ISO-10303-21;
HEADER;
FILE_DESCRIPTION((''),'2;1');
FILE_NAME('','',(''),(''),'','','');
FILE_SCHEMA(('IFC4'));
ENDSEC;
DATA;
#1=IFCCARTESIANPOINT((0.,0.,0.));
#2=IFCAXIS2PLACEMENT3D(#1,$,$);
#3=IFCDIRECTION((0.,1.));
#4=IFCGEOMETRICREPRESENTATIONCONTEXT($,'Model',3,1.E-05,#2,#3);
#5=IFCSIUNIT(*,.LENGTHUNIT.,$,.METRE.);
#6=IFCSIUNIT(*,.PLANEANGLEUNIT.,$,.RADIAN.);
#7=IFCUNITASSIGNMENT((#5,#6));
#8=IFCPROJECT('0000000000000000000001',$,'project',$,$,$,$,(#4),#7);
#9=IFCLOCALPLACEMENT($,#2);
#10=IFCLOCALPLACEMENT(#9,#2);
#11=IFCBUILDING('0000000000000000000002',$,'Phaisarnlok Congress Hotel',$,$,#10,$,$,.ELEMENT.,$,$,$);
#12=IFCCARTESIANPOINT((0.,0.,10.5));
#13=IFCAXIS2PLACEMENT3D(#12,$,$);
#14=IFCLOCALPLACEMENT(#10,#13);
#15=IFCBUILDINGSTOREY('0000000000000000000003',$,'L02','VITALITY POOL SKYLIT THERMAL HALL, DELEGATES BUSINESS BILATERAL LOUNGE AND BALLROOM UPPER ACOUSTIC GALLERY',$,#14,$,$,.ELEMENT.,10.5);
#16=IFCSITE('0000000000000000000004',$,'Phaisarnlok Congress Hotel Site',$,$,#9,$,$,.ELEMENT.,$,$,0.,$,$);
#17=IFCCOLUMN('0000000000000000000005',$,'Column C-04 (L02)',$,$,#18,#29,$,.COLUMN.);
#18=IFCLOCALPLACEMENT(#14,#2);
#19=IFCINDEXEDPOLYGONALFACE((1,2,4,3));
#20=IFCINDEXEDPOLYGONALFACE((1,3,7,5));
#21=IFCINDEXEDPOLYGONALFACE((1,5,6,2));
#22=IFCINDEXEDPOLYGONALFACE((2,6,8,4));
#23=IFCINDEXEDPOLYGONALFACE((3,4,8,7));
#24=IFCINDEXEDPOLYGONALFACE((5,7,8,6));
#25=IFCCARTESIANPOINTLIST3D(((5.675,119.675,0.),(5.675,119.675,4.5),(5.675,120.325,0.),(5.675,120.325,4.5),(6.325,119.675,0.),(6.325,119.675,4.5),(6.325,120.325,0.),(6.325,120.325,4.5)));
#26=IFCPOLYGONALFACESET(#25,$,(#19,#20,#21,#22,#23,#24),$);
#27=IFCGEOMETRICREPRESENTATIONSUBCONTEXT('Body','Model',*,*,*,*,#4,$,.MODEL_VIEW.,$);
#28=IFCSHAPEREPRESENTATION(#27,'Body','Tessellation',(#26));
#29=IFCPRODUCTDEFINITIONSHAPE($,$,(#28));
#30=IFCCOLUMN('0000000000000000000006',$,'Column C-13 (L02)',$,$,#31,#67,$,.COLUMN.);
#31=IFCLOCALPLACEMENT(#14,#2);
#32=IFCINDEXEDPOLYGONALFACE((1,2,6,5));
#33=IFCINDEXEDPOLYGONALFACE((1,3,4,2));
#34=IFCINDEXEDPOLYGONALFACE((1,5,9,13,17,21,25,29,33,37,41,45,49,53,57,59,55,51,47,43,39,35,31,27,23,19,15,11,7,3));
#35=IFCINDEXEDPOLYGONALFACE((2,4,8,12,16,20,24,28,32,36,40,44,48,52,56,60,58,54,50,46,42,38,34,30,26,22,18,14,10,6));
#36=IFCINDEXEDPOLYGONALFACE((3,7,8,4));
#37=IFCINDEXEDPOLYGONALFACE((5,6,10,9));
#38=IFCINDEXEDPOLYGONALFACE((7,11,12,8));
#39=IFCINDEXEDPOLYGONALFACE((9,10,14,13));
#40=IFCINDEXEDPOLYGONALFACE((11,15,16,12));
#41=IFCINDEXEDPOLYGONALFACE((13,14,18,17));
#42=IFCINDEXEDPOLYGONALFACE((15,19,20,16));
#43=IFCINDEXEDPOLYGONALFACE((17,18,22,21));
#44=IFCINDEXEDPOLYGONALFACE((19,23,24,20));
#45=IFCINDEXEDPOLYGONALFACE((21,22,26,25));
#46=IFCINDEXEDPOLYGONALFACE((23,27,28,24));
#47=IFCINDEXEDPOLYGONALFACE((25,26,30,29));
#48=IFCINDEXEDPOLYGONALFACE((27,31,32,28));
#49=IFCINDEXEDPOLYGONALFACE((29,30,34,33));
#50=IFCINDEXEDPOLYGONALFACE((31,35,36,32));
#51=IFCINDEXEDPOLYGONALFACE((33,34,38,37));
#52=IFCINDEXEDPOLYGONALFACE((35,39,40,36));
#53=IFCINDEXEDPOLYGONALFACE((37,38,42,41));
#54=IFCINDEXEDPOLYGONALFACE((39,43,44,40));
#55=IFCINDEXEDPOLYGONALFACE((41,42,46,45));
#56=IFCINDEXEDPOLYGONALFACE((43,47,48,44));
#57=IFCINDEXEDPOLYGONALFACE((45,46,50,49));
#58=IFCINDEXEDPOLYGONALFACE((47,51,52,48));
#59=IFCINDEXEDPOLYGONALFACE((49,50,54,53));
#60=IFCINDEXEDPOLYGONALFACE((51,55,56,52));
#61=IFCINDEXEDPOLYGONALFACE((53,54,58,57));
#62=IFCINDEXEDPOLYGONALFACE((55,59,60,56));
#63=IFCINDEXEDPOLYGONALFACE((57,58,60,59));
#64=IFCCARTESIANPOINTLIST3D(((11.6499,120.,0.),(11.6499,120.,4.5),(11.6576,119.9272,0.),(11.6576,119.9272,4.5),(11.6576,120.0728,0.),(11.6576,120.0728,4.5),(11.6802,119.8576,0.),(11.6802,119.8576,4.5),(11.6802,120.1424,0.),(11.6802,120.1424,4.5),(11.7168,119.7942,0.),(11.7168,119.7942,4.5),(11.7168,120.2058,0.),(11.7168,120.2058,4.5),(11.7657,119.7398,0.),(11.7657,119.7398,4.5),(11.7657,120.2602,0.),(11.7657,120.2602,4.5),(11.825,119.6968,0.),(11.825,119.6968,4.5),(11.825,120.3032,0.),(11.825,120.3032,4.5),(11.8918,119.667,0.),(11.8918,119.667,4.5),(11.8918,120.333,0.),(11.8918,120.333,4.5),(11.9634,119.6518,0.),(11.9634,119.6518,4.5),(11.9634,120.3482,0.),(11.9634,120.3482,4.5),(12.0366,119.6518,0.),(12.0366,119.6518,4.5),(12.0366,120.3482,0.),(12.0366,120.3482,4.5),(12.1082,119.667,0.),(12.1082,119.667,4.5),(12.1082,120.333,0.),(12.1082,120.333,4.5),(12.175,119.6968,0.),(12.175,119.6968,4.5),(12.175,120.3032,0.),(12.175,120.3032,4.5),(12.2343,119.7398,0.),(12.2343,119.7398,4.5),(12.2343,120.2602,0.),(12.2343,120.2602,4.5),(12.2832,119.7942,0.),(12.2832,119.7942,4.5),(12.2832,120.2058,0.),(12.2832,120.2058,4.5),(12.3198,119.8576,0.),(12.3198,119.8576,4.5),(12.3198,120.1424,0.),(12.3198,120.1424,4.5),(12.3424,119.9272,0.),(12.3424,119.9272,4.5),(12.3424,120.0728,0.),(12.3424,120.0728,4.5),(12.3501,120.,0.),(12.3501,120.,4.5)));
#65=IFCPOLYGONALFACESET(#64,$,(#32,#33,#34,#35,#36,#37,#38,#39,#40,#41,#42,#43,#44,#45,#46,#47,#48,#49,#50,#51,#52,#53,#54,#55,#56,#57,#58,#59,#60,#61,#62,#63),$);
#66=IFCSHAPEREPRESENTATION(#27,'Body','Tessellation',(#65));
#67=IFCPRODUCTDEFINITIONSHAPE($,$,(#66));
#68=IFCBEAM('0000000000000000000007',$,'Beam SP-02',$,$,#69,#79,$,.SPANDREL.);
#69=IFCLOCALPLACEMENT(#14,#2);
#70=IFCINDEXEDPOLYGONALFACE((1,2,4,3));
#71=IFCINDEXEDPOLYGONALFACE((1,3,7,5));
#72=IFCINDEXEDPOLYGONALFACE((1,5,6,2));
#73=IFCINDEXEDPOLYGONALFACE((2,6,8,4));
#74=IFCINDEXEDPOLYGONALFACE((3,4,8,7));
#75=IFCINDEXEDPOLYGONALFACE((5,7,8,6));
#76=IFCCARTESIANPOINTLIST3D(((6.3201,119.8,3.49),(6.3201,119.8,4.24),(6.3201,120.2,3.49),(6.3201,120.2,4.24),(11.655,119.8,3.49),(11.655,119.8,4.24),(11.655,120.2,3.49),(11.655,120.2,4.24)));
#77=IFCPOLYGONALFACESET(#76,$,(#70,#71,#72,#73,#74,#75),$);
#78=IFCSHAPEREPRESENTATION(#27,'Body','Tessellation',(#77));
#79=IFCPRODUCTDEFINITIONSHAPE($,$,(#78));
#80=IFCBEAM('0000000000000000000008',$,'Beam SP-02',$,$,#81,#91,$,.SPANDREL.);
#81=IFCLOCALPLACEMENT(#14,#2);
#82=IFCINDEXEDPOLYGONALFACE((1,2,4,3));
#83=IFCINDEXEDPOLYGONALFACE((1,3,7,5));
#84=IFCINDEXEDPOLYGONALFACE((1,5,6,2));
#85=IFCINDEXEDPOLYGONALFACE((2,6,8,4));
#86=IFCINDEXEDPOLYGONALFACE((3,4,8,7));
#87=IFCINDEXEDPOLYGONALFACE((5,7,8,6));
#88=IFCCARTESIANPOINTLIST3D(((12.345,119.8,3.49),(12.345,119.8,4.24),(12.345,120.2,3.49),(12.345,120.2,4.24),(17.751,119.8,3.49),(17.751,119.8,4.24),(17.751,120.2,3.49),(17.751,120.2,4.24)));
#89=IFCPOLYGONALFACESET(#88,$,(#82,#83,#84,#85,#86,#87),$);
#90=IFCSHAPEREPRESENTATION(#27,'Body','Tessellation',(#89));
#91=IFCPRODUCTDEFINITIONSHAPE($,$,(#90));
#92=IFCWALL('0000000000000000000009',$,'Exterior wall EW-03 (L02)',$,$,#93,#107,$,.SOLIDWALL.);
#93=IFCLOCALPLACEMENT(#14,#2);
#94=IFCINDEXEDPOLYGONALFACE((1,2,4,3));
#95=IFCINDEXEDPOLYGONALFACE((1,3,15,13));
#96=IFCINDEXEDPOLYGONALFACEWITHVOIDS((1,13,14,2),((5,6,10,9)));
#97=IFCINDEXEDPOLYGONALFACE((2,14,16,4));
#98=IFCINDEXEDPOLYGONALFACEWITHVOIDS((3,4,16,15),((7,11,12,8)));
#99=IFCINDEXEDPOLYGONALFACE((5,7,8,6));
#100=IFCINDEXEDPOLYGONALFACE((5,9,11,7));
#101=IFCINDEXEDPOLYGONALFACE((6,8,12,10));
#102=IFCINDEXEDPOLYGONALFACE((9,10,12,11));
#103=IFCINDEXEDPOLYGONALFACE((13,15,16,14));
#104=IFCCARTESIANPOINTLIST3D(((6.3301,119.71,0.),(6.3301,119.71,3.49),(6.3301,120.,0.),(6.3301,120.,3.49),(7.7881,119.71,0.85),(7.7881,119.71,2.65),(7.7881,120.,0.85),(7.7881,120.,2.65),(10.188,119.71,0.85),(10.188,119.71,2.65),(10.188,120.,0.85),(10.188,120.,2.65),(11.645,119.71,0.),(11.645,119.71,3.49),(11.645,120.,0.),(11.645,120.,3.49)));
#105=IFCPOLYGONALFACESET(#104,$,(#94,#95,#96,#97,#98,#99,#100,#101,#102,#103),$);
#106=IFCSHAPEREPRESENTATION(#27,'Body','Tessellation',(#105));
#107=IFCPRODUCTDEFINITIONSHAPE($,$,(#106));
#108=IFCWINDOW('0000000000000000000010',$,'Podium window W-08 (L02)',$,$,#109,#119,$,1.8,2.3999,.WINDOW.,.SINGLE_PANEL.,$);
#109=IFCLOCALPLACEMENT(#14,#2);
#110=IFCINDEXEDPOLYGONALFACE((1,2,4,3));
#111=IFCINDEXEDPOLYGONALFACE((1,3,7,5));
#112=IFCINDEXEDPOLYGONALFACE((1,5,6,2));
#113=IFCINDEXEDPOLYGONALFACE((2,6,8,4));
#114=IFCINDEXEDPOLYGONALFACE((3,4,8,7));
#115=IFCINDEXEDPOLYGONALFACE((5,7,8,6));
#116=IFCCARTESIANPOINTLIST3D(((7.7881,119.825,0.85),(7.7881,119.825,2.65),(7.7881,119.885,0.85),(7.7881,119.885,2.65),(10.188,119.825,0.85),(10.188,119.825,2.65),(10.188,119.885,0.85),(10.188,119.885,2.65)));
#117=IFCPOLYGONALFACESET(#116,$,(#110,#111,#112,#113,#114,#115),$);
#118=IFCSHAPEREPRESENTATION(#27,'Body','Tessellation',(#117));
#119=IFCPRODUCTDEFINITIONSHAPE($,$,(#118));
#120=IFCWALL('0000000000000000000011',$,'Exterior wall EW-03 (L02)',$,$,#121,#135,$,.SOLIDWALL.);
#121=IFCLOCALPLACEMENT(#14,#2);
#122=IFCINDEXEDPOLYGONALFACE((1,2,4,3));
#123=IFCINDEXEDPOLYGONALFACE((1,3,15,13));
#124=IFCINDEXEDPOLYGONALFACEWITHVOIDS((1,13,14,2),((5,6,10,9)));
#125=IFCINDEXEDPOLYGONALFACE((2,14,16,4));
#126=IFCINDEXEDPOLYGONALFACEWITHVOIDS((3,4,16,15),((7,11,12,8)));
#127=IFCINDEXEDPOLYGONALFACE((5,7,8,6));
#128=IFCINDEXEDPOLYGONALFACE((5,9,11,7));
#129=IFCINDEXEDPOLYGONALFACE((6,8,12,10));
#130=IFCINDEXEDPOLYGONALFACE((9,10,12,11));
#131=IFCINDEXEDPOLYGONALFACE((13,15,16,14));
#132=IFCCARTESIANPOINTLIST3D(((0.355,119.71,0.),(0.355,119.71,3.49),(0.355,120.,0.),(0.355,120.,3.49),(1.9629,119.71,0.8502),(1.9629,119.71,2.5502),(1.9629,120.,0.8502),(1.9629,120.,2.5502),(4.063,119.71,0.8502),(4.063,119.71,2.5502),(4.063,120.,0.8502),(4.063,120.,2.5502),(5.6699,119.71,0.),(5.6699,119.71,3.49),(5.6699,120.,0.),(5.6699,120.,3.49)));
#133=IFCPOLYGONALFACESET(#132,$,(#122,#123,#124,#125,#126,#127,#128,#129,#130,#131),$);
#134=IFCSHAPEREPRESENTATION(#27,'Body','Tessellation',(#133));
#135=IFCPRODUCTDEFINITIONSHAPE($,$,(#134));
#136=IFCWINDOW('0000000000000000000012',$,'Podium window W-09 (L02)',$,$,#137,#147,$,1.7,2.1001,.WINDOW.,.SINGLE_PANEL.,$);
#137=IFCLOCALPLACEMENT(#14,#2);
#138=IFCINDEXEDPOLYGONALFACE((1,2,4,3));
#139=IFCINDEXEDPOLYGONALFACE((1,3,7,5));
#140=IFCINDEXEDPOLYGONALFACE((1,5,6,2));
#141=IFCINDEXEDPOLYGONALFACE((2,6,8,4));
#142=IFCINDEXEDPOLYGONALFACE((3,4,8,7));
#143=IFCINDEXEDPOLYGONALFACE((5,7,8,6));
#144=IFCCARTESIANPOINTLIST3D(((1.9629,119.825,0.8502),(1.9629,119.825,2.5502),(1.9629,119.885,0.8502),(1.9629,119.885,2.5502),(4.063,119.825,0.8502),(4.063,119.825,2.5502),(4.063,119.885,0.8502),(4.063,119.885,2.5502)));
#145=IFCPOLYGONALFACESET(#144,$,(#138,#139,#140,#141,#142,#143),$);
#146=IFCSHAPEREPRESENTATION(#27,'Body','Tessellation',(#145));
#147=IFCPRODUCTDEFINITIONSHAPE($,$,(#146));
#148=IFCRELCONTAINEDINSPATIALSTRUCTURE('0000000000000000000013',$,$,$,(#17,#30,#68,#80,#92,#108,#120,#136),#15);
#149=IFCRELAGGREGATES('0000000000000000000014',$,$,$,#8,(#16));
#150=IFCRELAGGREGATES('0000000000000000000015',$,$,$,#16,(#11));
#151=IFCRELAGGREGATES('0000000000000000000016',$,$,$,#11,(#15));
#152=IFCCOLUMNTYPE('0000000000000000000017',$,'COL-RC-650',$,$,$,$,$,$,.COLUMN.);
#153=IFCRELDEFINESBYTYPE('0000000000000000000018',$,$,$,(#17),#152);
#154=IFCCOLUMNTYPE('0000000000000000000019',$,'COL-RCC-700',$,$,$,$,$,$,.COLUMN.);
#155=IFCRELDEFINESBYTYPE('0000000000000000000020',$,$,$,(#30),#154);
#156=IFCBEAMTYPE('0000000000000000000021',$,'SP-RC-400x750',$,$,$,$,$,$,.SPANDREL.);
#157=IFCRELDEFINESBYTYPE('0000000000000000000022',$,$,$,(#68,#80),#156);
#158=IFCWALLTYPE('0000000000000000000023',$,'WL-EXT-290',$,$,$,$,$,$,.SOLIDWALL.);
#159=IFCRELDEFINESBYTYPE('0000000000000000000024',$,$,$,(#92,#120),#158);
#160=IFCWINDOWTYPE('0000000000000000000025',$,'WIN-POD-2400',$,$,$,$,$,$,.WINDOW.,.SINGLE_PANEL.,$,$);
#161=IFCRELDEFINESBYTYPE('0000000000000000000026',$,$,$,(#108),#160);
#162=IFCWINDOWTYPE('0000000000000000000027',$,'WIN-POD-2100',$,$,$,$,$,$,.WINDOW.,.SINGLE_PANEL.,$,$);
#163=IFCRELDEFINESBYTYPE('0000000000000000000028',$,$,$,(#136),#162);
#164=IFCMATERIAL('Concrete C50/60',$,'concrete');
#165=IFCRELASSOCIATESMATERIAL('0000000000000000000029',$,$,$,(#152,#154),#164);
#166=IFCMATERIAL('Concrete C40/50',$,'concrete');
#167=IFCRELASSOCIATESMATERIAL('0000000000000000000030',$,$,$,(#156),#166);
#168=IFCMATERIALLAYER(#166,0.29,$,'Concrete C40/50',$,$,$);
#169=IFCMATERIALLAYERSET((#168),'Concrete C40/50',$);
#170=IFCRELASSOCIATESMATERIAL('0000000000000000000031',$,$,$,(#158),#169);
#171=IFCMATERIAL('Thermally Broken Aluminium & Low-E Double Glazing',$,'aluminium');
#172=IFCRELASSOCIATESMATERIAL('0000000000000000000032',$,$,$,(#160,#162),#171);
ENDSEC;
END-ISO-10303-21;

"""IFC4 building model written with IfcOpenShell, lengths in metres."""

from ifc_helpers import new_model, si_unit, direction, frame, frame_2d, origin, origin_2d, place, context, subcontext, project, spatial, rectangle, circle, extrude, material, layer, layer_set, material_profile, profile_set, type_object, element, fill, save


model = new_model("IFC4")

# Units and contexts
model_context = context("Model", 3, precision=1e-05, world=origin(), true_north=direction((0.0, 1.0)))
body_context = subcontext(model_context, "Body", "Model", "MODEL_VIEW")
ifc_project = project(units=[si_unit("LENGTHUNIT", "METRE"), si_unit("PLANEANGLEUNIT", "RADIAN")], contexts=[model_context])

# Site, building, storey
site_placement = place(None, origin())
site = spatial("IfcSite", under=ifc_project, at=site_placement, Name="Phaisarnlok Congress Hotel Site", CompositionType="ELEMENT", RefElevation=0.0)
building_placement = place(site_placement, origin())
building = spatial("IfcBuilding", under=site, at=building_placement, Name="Phaisarnlok Congress Hotel", CompositionType="ELEMENT")
storey_placement = place(building_placement, frame((0.0, 0.0, 10.5)))
storey = spatial("IfcBuildingStorey", under=building, at=storey_placement, Name="L02", Description="VITALITY POOL SKYLIT THERMAL HALL, DELEGATES BUSINESS BILATERAL LOUNGE AND BALLROOM UPPER ACOUSTIC GALLERY", CompositionType="ELEMENT", Elevation=10.5)

# Columns
ifc_material_1 = material(Name="Concrete C50/60", Category="concrete")
ifc_material_profile_1 = material_profile(ifc_material_1, rectangle(XDim=0.6499, YDim=0.6499, at=origin_2d()), Name="RC 650x650")
ifc_profile_set_1 = profile_set([ifc_material_profile_1], Name="Concrete C50/60")
column_type_1 = type_object("IfcColumnType", Name="COL-RC-650", PredefinedType="COLUMN", material=ifc_profile_set_1)
column_1_placement = place(storey_placement, frame((6.0, 120.0, 0.0), z_axis=(0.0, 0.0, 1.0), x_axis=(1.0, 0.0, 0.0)))
element("IfcColumn", 1, at=column_1_placement, inside=storey, type_object=column_type_1, Name="Column C-04 (L02)", PredefinedType="COLUMN", context=body_context, shape_type="SweptSolid", body=[
    extrude(rectangle(XDim=0.6499, YDim=0.6499, at=origin_2d()), origin(), (0.0, 0.0, 1.0), 4.5),
])
ifc_material_profile_2 = material_profile(ifc_material_1, circle(Radius=0.3501, at=origin_2d()), Name="RCC D700")
ifc_profile_set_2 = profile_set([ifc_material_profile_2], Name="Concrete C50/60")
column_type_2 = type_object("IfcColumnType", Name="COL-RCC-700", PredefinedType="COLUMN", material=ifc_profile_set_2)
column_2_placement = place(storey_placement, frame((12.0, 120.0, 0.0), z_axis=(0.0, 0.0, 1.0), x_axis=(1.0, 0.0, 0.0)))
element("IfcColumn", 2, at=column_2_placement, inside=storey, type_object=column_type_2, Name="Column C-13 (L02)", PredefinedType="COLUMN", context=body_context, shape_type="SweptSolid", body=[
    extrude(circle(Radius=0.3501, at=origin_2d()), origin(), (0.0, 0.0, 1.0), 4.5),
])

# Beams
ifc_material_2 = material(Name="Concrete C40/50", Category="concrete")
ifc_material_profile_3 = material_profile(ifc_material_2, rectangle(XDim=0.3999, YDim=0.75, at=origin_2d()), Name="RC 400x750")
ifc_profile_set_3 = profile_set([ifc_material_profile_3], Name="Concrete C40/50")
beam_type = type_object("IfcBeamType", Name="SP-RC-400x750", PredefinedType="SPANDREL", material=ifc_profile_set_3)
beam_1_placement = place(storey_placement, frame((6.3201, 120.0, 3.865), z_axis=(1.0, 0.0, 0.0), x_axis=(0.0, 1.0, 0.0)))
element("IfcBeam", 3, at=beam_1_placement, inside=storey, type_object=beam_type, Name="Beam SP-02", PredefinedType="SPANDREL", context=body_context, shape_type="SweptSolid", body=[
    extrude(rectangle(XDim=0.3999, YDim=0.75, at=origin_2d()), origin(), (0.0, 0.0, 1.0), 5.335),
])
beam_2_placement = place(storey_placement, frame((12.345, 120.0, 3.865), z_axis=(1.0, 0.0, 0.0), x_axis=(0.0, 1.0, 0.0)))
element("IfcBeam", 4, at=beam_2_placement, inside=storey, type_object=beam_type, Name="Beam SP-02", PredefinedType="SPANDREL", context=body_context, shape_type="SweptSolid", body=[
    extrude(rectangle(XDim=0.3999, YDim=0.75, at=origin_2d()), origin(), (0.0, 0.0, 1.0), 5.406),
])

# Walls, openings, windows
ifc_layer_1 = layer(ifc_material_2, 0.29, Name="Concrete C40/50")
ifc_layer_set_1 = layer_set([ifc_layer_1], Name="Concrete C40/50")
wall_type = type_object("IfcWallType", Name="WL-EXT-290", PredefinedType="SOLIDWALL", material=ifc_layer_set_1)
wall_1_placement = place(storey_placement, frame((11.645, 119.855, 0.0), z_axis=(0.0, 0.0, 1.0), x_axis=(-1.0, 0.0, 0.0)))
wall_1 = element("IfcWall", 5, at=wall_1_placement, inside=storey, type_object=wall_type, Name="Exterior wall EW-03 (L02)", PredefinedType="SOLIDWALL", context=body_context, shape_type="SweptSolid", body=[
    extrude(rectangle(XDim=5.3149, YDim=0.29, at=frame_2d((2.6575, 0.0))), origin(), (0.0, 0.0, 1.0), 3.49),
])
opening_1_placement = place(wall_1_placement, frame((1.457, 0.0, 0.8501)))
opening_1 = element("IfcOpeningElement", 6, at=opening_1_placement, cuts=wall_1, PredefinedType="OPENING", context=body_context, shape_type="SweptSolid", body=[
    extrude(rectangle(XDim=2.3999, YDim=1.8, at=frame_2d((1.2, 0.8999))), frame((0.0, 0.155, 0.0), z_axis=(0.0, -1.0, 0.0), x_axis=(1.0, 0.0, 0.0)), (0.0, 0.0, 1.0), 0.3101),
])
ifc_material_3 = material(Name="Thermally Broken Aluminium & Low-E Double Glazing", Category="aluminium")
window_type_1 = type_object("IfcWindowType", Name="WIN-POD-2400", PartitioningType="SINGLE_PANEL", PredefinedType="WINDOW", material=ifc_material_3)
window_1_placement = place(opening_1_placement, origin())
window_1 = element("IfcWindow", 7, at=window_1_placement, inside=storey, type_object=window_type_1, Name="Podium window W-08 (L02)", OverallHeight=1.8, OverallWidth=2.3999, PartitioningType="SINGLE_PANEL", PredefinedType="WINDOW", context=body_context, shape_type="SweptSolid", body=[
    extrude(rectangle(XDim=2.3999, YDim=1.8, at=frame_2d((1.2, 0.8999))), frame((0.0, 0.03, 0.0), z_axis=(0.0, -1.0, 0.0), x_axis=(1.0, 0.0, 0.0)), (0.0, 0.0, 1.0), 0.0601),
])
fill(opening_1, window_1)
wall_2_placement = place(storey_placement, frame((5.6699, 119.855, 0.0), z_axis=(0.0, 0.0, 1.0), x_axis=(-1.0, 0.0, 0.0)))
wall_2 = element("IfcWall", 8, at=wall_2_placement, inside=storey, type_object=wall_type, Name="Exterior wall EW-03 (L02)", PredefinedType="SOLIDWALL", context=body_context, shape_type="SweptSolid", body=[
    extrude(rectangle(XDim=5.3149, YDim=0.29, at=frame_2d((2.6575, 0.0))), origin(), (0.0, 0.0, 1.0), 3.49),
])
opening_2_placement = place(wall_2_placement, frame((1.6069, 0.0, 0.8501)))
opening_2 = element("IfcOpeningElement", 9, at=opening_2_placement, cuts=wall_2, PredefinedType="OPENING", context=body_context, shape_type="SweptSolid", body=[
    extrude(rectangle(XDim=2.1001, YDim=1.7, at=frame_2d((1.05, 0.8501))), frame((0.0, 0.155, 0.0), z_axis=(0.0, -1.0, 0.0), x_axis=(1.0, 0.0, 0.0)), (0.0, 0.0, 1.0), 0.3101),
])
window_type_2 = type_object("IfcWindowType", Name="WIN-POD-2100", PartitioningType="SINGLE_PANEL", PredefinedType="WINDOW", material=ifc_material_3)
window_2_placement = place(opening_2_placement, origin())
window_2 = element("IfcWindow", 10, at=window_2_placement, inside=storey, type_object=window_type_2, Name="Podium window W-09 (L02)", OverallHeight=1.7, OverallWidth=2.1001, PartitioningType="SINGLE_PANEL", PredefinedType="WINDOW", context=body_context, shape_type="SweptSolid", body=[
    extrude(rectangle(XDim=2.1001, YDim=1.7, at=frame_2d((1.05, 0.8501))), frame((0.0, 0.03, 0.0), z_axis=(0.0, -1.0, 0.0), x_axis=(1.0, 0.0, 0.0)), (0.0, 0.0, 1.0), 0.0601),
])
fill(opening_2, window_2)

save(model, "model.ifc")
